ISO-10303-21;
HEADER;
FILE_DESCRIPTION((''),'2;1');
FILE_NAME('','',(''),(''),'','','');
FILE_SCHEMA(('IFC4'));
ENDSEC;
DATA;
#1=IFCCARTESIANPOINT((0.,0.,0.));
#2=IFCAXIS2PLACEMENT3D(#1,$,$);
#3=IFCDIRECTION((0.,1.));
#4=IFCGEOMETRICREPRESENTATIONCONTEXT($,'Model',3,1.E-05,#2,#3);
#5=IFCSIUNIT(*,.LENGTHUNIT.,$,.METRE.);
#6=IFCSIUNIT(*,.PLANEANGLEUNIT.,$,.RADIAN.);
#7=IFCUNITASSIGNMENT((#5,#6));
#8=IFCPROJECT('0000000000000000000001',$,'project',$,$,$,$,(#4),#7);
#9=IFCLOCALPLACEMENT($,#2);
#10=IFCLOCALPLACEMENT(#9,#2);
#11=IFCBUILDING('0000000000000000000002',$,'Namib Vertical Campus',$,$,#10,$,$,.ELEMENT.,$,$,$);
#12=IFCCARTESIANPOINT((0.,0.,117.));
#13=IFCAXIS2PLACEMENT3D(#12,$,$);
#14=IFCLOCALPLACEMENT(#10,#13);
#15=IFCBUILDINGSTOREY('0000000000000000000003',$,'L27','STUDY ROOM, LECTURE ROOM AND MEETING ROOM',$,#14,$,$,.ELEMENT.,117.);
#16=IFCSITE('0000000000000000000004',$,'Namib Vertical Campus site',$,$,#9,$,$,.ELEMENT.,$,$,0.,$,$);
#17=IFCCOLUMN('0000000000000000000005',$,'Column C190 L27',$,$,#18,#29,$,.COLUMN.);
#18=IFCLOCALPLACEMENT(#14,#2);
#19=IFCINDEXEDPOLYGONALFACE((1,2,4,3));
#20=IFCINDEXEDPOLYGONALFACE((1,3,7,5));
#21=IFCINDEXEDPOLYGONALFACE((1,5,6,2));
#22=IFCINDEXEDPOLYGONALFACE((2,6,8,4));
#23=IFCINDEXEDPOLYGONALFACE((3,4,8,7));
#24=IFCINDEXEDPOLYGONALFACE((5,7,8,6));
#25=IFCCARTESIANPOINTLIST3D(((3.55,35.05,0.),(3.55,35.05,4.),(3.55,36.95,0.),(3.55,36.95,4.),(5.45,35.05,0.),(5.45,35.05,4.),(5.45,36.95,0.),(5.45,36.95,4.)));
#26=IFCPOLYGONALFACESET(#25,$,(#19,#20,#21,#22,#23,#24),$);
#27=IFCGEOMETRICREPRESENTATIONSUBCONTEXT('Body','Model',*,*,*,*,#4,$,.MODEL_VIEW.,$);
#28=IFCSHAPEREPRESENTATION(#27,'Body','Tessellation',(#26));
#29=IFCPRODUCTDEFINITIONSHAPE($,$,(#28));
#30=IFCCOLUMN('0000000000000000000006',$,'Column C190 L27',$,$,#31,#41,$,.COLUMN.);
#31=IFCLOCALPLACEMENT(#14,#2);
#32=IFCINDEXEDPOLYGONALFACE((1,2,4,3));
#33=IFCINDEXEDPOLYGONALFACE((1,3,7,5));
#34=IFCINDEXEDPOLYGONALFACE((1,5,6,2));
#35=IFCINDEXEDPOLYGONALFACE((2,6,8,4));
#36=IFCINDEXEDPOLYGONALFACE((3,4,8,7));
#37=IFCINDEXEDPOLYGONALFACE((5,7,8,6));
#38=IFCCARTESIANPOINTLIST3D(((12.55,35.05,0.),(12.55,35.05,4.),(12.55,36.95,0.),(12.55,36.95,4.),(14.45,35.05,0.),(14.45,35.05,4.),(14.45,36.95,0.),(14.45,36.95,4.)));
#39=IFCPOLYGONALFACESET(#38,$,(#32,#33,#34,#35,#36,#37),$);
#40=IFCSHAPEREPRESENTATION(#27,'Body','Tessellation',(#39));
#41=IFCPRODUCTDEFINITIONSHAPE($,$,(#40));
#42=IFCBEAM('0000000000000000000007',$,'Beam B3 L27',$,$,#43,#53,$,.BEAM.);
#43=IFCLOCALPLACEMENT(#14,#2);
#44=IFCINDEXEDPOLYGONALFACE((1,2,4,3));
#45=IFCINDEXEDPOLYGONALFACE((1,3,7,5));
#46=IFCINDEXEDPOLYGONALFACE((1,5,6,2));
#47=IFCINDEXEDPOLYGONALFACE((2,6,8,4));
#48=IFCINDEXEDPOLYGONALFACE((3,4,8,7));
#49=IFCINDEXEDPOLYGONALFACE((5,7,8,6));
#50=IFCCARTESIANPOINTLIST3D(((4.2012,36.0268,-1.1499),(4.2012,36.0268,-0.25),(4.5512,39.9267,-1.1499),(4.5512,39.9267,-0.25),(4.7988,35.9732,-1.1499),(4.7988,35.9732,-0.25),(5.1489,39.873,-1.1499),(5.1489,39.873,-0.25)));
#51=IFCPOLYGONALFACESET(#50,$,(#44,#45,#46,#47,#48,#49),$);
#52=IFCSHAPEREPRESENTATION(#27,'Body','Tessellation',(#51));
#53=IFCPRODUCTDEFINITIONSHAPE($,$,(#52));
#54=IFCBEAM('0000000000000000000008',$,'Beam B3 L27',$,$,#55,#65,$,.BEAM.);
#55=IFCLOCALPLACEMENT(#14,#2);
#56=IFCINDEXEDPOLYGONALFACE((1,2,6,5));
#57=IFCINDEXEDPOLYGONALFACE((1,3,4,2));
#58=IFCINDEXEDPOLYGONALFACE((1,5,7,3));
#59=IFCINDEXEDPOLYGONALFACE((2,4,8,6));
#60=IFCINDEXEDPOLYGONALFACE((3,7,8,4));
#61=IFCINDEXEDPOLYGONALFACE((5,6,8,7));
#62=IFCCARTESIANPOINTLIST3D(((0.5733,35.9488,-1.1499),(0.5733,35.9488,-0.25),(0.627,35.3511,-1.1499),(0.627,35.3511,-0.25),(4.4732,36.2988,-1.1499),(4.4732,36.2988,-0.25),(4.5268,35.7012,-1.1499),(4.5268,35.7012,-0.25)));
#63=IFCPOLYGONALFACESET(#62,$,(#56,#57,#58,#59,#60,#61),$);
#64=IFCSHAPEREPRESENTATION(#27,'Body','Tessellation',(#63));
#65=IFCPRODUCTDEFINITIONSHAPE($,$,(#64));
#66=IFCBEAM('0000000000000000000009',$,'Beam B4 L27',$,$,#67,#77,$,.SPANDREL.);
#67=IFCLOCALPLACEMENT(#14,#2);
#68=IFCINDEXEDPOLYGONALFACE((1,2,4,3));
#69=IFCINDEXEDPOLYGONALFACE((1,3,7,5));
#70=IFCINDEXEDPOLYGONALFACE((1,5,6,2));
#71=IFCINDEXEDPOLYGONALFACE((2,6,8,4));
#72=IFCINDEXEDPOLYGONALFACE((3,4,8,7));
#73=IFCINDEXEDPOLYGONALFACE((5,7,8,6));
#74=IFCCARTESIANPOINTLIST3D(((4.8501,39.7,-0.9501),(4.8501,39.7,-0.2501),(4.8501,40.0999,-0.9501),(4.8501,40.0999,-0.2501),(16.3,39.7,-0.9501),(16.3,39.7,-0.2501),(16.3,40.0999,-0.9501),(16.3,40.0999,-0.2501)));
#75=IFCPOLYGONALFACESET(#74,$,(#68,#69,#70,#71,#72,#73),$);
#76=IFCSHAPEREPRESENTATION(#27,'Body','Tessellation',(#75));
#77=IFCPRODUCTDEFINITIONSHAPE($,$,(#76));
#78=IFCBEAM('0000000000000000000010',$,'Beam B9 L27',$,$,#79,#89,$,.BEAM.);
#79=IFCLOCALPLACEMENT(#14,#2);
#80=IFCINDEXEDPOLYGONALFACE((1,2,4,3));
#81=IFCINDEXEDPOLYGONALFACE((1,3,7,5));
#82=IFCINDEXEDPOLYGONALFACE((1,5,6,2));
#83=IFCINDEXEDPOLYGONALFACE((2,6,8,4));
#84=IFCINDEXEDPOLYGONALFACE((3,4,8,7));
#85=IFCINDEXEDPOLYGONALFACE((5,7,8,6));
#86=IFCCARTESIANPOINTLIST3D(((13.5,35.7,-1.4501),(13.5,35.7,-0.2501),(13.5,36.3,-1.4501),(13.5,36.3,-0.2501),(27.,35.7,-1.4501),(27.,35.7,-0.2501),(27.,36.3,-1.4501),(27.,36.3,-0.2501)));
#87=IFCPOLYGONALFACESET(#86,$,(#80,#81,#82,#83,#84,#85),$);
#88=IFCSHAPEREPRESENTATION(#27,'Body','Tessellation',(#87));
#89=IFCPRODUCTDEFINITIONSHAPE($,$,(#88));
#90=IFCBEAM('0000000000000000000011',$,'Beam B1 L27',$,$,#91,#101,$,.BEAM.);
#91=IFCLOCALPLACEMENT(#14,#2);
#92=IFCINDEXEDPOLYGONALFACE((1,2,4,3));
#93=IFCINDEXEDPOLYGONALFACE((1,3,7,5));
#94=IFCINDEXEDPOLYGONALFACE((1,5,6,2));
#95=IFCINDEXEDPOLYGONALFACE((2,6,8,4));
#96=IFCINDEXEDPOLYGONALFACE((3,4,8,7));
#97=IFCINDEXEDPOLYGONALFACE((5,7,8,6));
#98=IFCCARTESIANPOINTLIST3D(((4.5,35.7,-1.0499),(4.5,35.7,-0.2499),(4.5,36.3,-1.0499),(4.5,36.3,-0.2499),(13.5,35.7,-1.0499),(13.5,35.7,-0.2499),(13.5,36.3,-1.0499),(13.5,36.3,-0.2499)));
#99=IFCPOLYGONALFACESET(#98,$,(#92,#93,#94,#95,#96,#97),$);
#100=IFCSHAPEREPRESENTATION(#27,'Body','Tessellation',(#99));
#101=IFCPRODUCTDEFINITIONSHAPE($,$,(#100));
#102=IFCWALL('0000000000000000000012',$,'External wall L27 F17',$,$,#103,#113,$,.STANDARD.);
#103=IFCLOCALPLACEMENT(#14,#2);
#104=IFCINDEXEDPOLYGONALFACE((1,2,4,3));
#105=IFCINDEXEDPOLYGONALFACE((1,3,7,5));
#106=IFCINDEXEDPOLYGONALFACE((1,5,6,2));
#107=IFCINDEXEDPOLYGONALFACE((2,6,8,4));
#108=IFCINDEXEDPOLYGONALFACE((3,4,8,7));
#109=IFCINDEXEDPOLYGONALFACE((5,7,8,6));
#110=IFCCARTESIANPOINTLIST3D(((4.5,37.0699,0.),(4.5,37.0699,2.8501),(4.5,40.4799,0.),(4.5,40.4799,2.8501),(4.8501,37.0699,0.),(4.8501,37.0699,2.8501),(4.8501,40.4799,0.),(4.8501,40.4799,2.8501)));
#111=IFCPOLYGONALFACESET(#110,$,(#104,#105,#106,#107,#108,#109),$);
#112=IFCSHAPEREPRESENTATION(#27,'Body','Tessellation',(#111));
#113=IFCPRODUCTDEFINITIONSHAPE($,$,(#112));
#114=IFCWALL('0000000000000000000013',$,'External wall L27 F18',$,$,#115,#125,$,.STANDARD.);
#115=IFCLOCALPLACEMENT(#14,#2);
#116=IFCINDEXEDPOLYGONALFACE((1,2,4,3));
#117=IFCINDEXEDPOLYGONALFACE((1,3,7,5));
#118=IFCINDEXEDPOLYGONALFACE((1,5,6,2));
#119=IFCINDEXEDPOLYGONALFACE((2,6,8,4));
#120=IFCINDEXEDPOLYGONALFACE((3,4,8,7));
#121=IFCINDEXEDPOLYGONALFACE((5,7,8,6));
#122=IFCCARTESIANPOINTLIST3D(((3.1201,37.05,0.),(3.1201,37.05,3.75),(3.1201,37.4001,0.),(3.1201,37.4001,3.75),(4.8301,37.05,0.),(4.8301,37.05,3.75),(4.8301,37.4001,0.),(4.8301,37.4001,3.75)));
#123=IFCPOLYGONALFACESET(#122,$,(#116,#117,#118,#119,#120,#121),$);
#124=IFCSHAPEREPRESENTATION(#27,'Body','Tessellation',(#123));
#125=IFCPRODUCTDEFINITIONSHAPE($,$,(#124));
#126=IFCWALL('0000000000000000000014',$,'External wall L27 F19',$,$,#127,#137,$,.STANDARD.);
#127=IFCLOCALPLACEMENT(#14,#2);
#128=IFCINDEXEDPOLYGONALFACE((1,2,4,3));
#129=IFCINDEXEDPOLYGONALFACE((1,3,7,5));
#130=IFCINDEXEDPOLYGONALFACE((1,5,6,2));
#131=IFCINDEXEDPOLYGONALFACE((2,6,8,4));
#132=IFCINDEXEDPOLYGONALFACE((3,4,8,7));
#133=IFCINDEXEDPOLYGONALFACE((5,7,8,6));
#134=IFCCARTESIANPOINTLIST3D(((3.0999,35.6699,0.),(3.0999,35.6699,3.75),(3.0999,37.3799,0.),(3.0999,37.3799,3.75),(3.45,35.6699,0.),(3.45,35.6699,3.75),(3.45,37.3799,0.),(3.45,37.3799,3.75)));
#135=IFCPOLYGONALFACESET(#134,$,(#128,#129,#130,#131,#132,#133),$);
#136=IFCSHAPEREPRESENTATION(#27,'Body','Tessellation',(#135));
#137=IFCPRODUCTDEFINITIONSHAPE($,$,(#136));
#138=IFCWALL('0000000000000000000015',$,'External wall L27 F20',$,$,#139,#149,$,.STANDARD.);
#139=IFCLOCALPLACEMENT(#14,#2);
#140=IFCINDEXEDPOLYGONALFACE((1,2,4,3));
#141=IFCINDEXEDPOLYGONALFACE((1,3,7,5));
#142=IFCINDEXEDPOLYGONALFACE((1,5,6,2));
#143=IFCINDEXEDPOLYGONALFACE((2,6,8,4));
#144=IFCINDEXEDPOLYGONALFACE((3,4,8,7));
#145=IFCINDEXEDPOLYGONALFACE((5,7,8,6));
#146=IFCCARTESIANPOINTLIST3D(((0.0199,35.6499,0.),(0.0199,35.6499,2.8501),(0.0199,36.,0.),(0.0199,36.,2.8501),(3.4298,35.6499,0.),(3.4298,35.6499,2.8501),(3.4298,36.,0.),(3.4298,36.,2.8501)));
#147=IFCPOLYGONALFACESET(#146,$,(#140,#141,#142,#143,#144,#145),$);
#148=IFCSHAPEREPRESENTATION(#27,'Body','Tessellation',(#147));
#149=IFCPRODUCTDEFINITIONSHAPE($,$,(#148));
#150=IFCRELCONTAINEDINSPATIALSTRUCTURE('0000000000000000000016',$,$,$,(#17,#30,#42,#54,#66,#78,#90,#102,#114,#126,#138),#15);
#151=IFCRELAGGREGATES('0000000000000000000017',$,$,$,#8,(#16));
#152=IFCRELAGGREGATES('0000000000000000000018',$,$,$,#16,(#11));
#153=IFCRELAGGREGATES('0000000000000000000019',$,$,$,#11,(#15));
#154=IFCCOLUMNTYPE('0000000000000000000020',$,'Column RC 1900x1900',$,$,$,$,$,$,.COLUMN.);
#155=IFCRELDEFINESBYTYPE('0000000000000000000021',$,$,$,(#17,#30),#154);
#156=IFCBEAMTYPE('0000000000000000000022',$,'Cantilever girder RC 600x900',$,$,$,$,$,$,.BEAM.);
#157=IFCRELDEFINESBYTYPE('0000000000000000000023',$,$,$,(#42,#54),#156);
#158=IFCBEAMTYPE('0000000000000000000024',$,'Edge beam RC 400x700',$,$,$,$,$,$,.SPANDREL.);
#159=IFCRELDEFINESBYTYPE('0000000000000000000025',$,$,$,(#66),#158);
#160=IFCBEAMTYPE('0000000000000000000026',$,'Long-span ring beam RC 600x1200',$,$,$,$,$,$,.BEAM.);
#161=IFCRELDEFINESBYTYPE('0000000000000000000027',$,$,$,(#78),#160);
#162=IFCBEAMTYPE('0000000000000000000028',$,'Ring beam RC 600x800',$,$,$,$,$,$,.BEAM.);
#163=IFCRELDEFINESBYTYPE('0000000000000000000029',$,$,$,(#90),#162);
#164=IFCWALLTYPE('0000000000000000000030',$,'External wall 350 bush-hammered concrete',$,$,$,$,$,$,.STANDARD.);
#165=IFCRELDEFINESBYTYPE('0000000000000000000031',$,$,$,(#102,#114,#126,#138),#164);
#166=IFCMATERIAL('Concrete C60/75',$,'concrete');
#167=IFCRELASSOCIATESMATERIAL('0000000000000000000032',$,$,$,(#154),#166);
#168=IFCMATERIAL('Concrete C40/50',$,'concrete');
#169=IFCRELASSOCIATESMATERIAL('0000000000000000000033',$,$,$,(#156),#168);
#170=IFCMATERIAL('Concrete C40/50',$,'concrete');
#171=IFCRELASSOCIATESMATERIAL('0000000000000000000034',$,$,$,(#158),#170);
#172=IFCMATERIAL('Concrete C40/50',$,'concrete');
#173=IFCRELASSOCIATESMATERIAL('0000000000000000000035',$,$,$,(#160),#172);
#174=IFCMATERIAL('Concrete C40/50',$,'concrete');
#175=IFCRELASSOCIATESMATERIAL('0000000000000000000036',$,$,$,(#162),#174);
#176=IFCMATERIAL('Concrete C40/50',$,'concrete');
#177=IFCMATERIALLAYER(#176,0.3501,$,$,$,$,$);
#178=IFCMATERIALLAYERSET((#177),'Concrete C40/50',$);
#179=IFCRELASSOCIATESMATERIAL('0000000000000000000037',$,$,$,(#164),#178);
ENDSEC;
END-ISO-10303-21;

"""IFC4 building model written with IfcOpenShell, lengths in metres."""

from ifc_helpers import new_model, si_unit, direction, frame, frame_2d, origin, origin_2d, place, context, subcontext, project, spatial, rectangle, extrude, material, layer, layer_set, material_profile, profile_set, type_object, element, save


model = new_model("IFC4")

# Units and contexts
model_context = context("Model", 3, precision=1e-05, world=origin(), true_north=direction((0.0, 1.0)))
body_context = subcontext(model_context, "Body", "Model", "MODEL_VIEW")
ifc_project = project(units=[si_unit("LENGTHUNIT", "METRE"), si_unit("PLANEANGLEUNIT", "RADIAN")], contexts=[model_context])

# Site, building, storey
site_placement = place(None, origin())
site = spatial("IfcSite", under=ifc_project, at=site_placement, Name="Namib Vertical Campus site", CompositionType="ELEMENT", RefElevation=0.0)
building_placement = place(site_placement, origin())
building = spatial("IfcBuilding", under=site, at=building_placement, Name="Namib Vertical Campus", CompositionType="ELEMENT")
storey_placement = place(building_placement, frame((0.0, 0.0, 117.0)))
storey = spatial("IfcBuildingStorey", under=building, at=storey_placement, Name="L27", Description="STUDY ROOM, LECTURE ROOM AND MEETING ROOM", CompositionType="ELEMENT", Elevation=117.0)

# Columns
ifc_material_1 = material(Name="Concrete C60/75", Category="concrete")
ifc_material_profile_1 = material_profile(ifc_material_1, rectangle(XDim=1.8999, YDim=1.8999, at=origin_2d()))
ifc_profile_set_1 = profile_set([ifc_material_profile_1], Name="Concrete C60/75")
column_type = type_object("IfcColumnType", Name="Column RC 1900x1900", PredefinedType="COLUMN", material=ifc_profile_set_1)
for number, where, z_axis, x_axis, name in (
    (1, (4.5, 36.0, 0.0), (0.0, 0.0, 1.0), (1.0, 0.0, 0.0), "Column C190 L27"),
    (2, (13.5, 36.0, 0.0), (0.0, 0.0, 1.0), (1.0, 0.0, 0.0), "Column C190 L27"),
):
    element("IfcColumn", number, at=place(storey_placement, frame(where, z_axis=z_axis, x_axis=x_axis)), inside=storey, type_object=column_type, Name=name, PredefinedType="COLUMN", context=body_context, shape_type="SweptSolid", body=[
        extrude(rectangle(XDim=1.8999, YDim=1.8999, at=origin_2d()), origin(), (0.0, 0.0, 1.0), 4.0),
    ])

# Beams
ifc_material_2 = material(Name="Concrete C40/50", Category="concrete")
ifc_material_profile_2 = material_profile(ifc_material_2, rectangle(XDim=0.6001, YDim=0.8999, at=origin_2d()))
ifc_profile_set_2 = profile_set([ifc_material_profile_2], Name="Concrete C40/50")
beam_type_1 = type_object("IfcBeamType", Name="Cantilever girder RC 600x900", PredefinedType="BEAM", material=ifc_profile_set_2)
for number, where, z_axis, x_axis, name in (
    (3, (4.5, 36.0, -0.7), (0.089411, 0.995995, 0.0), (-0.995995, 0.089411, 0.0), "Beam B3 L27"),
    (4, (4.5, 36.0, -0.7), (-0.995995, -0.089411, 0.0), (0.089411, -0.995995, 0.0), "Beam B3 L27"),
):
    element("IfcBeam", number, at=place(storey_placement, frame(where, z_axis=z_axis, x_axis=x_axis)), inside=storey, type_object=beam_type_1, Name=name, PredefinedType="BEAM", context=body_context, shape_type="SweptSolid", body=[
        extrude(rectangle(XDim=0.6001, YDim=0.8999, at=origin_2d()), origin(), (0.0, 0.0, 1.0), 3.9155),
    ])
ifc_material_3 = material(Name="Concrete C40/50", Category="concrete")
ifc_material_profile_3 = material_profile(ifc_material_3, rectangle(XDim=0.3999, YDim=0.7, at=origin_2d()))
ifc_profile_set_3 = profile_set([ifc_material_profile_3], Name="Concrete C40/50")
beam_type_2 = type_object("IfcBeamType", Name="Edge beam RC 400x700", PredefinedType="SPANDREL", material=ifc_profile_set_3)
beam_1_placement = place(storey_placement, frame((4.8501, 39.8999, -0.6001), z_axis=(1.0, 0.0, 0.0), x_axis=(0.0, 1.0, 0.0)))
element("IfcBeam", 5, at=beam_1_placement, inside=storey, type_object=beam_type_2, Name="Beam B4 L27", PredefinedType="SPANDREL", context=body_context, shape_type="SweptSolid", body=[
    extrude(rectangle(XDim=0.3999, YDim=0.7, at=origin_2d()), origin(), (0.0, 0.0, 1.0), 11.45),
])
ifc_material_4 = material(Name="Concrete C40/50", Category="concrete")
ifc_material_profile_4 = material_profile(ifc_material_4, rectangle(XDim=0.6001, YDim=1.2, at=origin_2d()))
ifc_profile_set_4 = profile_set([ifc_material_profile_4], Name="Concrete C40/50")
beam_type_3 = type_object("IfcBeamType", Name="Long-span ring beam RC 600x1200", PredefinedType="BEAM", material=ifc_profile_set_4)
beam_2_placement = place(storey_placement, frame((13.5, 36.0, -0.8501), z_axis=(1.0, 0.0, 0.0), x_axis=(0.0, 1.0, 0.0)))
element("IfcBeam", 6, at=beam_2_placement, inside=storey, type_object=beam_type_3, Name="Beam B9 L27", PredefinedType="BEAM", context=body_context, shape_type="SweptSolid", body=[
    extrude(rectangle(XDim=0.6001, YDim=1.2, at=origin_2d()), origin(), (0.0, 0.0, 1.0), 13.5),
])
ifc_material_5 = material(Name="Concrete C40/50", Category="concrete")
ifc_material_profile_5 = material_profile(ifc_material_5, rectangle(XDim=0.6001, YDim=0.8, at=origin_2d()))
ifc_profile_set_5 = profile_set([ifc_material_profile_5], Name="Concrete C40/50")
beam_type_4 = type_object("IfcBeamType", Name="Ring beam RC 600x800", PredefinedType="BEAM", material=ifc_profile_set_5)
beam_3_placement = place(storey_placement, frame((4.5, 36.0, -0.6499), z_axis=(1.0, 0.0, 0.0), x_axis=(0.0, 1.0, 0.0)))
element("IfcBeam", 7, at=beam_3_placement, inside=storey, type_object=beam_type_4, Name="Beam B1 L27", PredefinedType="BEAM", context=body_context, shape_type="SweptSolid", body=[
    extrude(rectangle(XDim=0.6001, YDim=0.8, at=origin_2d()), origin(), (0.0, 0.0, 1.0), 9.0),
])

# Walls
ifc_material_6 = material(Name="Concrete C40/50", Category="concrete")
ifc_layer_1 = layer(ifc_material_6, 0.3501)
ifc_layer_set_1 = layer_set([ifc_layer_1], Name="Concrete C40/50")
wall_type = type_object("IfcWallType", Name="External wall 350 bush-hammered concrete", PredefinedType="STANDARD", material=ifc_layer_set_1)
wall_1_placement = place(storey_placement, frame((4.675, 40.48, 0.0), z_axis=(0.0, 0.0, 1.0), x_axis=(0.0, -1.0, 0.0)))
element("IfcWall", 8, at=wall_1_placement, inside=storey, type_object=wall_type, Name="External wall L27 F17", PredefinedType="STANDARD", context=body_context, shape_type="SweptSolid", body=[
    extrude(rectangle(XDim=3.4099, YDim=0.3501, at=frame_2d((1.7051, 0.0))), origin(), (0.0, 0.0, 1.0), 2.8501),
])
for number, where, z_axis, x_axis, name in (
    (9, (4.8301, 37.2251, 0.0), (0.0, 0.0, 1.0), (-1.0, 0.0, 0.0), "External wall L27 F18"),
    (10, (3.2749, 37.3799, 0.0), (0.0, 0.0, 1.0), (0.0, -1.0, 0.0), "External wall L27 F19"),
):
    element("IfcWall", number, at=place(storey_placement, frame(where, z_axis=z_axis, x_axis=x_axis)), inside=storey, type_object=wall_type, Name=name, PredefinedType="STANDARD", context=body_context, shape_type="SweptSolid", body=[
        extrude(rectangle(XDim=1.71, YDim=0.3501, at=frame_2d((0.855, 0.0))), origin(), (0.0, 0.0, 1.0), 3.75),
    ])
wall_2_placement = place(storey_placement, frame((3.4299, 35.825, 0.0), z_axis=(0.0, 0.0, 1.0), x_axis=(-1.0, 0.0, 0.0)))
element("IfcWall", 11, at=wall_2_placement, inside=storey, type_object=wall_type, Name="External wall L27 F20", PredefinedType="STANDARD", context=body_context, shape_type="SweptSolid", body=[
    extrude(rectangle(XDim=3.4099, YDim=0.3501, at=frame_2d((1.7051, 0.0))), origin(), (0.0, 0.0, 1.0), 2.8501),
])

save(model, "model.ifc")
